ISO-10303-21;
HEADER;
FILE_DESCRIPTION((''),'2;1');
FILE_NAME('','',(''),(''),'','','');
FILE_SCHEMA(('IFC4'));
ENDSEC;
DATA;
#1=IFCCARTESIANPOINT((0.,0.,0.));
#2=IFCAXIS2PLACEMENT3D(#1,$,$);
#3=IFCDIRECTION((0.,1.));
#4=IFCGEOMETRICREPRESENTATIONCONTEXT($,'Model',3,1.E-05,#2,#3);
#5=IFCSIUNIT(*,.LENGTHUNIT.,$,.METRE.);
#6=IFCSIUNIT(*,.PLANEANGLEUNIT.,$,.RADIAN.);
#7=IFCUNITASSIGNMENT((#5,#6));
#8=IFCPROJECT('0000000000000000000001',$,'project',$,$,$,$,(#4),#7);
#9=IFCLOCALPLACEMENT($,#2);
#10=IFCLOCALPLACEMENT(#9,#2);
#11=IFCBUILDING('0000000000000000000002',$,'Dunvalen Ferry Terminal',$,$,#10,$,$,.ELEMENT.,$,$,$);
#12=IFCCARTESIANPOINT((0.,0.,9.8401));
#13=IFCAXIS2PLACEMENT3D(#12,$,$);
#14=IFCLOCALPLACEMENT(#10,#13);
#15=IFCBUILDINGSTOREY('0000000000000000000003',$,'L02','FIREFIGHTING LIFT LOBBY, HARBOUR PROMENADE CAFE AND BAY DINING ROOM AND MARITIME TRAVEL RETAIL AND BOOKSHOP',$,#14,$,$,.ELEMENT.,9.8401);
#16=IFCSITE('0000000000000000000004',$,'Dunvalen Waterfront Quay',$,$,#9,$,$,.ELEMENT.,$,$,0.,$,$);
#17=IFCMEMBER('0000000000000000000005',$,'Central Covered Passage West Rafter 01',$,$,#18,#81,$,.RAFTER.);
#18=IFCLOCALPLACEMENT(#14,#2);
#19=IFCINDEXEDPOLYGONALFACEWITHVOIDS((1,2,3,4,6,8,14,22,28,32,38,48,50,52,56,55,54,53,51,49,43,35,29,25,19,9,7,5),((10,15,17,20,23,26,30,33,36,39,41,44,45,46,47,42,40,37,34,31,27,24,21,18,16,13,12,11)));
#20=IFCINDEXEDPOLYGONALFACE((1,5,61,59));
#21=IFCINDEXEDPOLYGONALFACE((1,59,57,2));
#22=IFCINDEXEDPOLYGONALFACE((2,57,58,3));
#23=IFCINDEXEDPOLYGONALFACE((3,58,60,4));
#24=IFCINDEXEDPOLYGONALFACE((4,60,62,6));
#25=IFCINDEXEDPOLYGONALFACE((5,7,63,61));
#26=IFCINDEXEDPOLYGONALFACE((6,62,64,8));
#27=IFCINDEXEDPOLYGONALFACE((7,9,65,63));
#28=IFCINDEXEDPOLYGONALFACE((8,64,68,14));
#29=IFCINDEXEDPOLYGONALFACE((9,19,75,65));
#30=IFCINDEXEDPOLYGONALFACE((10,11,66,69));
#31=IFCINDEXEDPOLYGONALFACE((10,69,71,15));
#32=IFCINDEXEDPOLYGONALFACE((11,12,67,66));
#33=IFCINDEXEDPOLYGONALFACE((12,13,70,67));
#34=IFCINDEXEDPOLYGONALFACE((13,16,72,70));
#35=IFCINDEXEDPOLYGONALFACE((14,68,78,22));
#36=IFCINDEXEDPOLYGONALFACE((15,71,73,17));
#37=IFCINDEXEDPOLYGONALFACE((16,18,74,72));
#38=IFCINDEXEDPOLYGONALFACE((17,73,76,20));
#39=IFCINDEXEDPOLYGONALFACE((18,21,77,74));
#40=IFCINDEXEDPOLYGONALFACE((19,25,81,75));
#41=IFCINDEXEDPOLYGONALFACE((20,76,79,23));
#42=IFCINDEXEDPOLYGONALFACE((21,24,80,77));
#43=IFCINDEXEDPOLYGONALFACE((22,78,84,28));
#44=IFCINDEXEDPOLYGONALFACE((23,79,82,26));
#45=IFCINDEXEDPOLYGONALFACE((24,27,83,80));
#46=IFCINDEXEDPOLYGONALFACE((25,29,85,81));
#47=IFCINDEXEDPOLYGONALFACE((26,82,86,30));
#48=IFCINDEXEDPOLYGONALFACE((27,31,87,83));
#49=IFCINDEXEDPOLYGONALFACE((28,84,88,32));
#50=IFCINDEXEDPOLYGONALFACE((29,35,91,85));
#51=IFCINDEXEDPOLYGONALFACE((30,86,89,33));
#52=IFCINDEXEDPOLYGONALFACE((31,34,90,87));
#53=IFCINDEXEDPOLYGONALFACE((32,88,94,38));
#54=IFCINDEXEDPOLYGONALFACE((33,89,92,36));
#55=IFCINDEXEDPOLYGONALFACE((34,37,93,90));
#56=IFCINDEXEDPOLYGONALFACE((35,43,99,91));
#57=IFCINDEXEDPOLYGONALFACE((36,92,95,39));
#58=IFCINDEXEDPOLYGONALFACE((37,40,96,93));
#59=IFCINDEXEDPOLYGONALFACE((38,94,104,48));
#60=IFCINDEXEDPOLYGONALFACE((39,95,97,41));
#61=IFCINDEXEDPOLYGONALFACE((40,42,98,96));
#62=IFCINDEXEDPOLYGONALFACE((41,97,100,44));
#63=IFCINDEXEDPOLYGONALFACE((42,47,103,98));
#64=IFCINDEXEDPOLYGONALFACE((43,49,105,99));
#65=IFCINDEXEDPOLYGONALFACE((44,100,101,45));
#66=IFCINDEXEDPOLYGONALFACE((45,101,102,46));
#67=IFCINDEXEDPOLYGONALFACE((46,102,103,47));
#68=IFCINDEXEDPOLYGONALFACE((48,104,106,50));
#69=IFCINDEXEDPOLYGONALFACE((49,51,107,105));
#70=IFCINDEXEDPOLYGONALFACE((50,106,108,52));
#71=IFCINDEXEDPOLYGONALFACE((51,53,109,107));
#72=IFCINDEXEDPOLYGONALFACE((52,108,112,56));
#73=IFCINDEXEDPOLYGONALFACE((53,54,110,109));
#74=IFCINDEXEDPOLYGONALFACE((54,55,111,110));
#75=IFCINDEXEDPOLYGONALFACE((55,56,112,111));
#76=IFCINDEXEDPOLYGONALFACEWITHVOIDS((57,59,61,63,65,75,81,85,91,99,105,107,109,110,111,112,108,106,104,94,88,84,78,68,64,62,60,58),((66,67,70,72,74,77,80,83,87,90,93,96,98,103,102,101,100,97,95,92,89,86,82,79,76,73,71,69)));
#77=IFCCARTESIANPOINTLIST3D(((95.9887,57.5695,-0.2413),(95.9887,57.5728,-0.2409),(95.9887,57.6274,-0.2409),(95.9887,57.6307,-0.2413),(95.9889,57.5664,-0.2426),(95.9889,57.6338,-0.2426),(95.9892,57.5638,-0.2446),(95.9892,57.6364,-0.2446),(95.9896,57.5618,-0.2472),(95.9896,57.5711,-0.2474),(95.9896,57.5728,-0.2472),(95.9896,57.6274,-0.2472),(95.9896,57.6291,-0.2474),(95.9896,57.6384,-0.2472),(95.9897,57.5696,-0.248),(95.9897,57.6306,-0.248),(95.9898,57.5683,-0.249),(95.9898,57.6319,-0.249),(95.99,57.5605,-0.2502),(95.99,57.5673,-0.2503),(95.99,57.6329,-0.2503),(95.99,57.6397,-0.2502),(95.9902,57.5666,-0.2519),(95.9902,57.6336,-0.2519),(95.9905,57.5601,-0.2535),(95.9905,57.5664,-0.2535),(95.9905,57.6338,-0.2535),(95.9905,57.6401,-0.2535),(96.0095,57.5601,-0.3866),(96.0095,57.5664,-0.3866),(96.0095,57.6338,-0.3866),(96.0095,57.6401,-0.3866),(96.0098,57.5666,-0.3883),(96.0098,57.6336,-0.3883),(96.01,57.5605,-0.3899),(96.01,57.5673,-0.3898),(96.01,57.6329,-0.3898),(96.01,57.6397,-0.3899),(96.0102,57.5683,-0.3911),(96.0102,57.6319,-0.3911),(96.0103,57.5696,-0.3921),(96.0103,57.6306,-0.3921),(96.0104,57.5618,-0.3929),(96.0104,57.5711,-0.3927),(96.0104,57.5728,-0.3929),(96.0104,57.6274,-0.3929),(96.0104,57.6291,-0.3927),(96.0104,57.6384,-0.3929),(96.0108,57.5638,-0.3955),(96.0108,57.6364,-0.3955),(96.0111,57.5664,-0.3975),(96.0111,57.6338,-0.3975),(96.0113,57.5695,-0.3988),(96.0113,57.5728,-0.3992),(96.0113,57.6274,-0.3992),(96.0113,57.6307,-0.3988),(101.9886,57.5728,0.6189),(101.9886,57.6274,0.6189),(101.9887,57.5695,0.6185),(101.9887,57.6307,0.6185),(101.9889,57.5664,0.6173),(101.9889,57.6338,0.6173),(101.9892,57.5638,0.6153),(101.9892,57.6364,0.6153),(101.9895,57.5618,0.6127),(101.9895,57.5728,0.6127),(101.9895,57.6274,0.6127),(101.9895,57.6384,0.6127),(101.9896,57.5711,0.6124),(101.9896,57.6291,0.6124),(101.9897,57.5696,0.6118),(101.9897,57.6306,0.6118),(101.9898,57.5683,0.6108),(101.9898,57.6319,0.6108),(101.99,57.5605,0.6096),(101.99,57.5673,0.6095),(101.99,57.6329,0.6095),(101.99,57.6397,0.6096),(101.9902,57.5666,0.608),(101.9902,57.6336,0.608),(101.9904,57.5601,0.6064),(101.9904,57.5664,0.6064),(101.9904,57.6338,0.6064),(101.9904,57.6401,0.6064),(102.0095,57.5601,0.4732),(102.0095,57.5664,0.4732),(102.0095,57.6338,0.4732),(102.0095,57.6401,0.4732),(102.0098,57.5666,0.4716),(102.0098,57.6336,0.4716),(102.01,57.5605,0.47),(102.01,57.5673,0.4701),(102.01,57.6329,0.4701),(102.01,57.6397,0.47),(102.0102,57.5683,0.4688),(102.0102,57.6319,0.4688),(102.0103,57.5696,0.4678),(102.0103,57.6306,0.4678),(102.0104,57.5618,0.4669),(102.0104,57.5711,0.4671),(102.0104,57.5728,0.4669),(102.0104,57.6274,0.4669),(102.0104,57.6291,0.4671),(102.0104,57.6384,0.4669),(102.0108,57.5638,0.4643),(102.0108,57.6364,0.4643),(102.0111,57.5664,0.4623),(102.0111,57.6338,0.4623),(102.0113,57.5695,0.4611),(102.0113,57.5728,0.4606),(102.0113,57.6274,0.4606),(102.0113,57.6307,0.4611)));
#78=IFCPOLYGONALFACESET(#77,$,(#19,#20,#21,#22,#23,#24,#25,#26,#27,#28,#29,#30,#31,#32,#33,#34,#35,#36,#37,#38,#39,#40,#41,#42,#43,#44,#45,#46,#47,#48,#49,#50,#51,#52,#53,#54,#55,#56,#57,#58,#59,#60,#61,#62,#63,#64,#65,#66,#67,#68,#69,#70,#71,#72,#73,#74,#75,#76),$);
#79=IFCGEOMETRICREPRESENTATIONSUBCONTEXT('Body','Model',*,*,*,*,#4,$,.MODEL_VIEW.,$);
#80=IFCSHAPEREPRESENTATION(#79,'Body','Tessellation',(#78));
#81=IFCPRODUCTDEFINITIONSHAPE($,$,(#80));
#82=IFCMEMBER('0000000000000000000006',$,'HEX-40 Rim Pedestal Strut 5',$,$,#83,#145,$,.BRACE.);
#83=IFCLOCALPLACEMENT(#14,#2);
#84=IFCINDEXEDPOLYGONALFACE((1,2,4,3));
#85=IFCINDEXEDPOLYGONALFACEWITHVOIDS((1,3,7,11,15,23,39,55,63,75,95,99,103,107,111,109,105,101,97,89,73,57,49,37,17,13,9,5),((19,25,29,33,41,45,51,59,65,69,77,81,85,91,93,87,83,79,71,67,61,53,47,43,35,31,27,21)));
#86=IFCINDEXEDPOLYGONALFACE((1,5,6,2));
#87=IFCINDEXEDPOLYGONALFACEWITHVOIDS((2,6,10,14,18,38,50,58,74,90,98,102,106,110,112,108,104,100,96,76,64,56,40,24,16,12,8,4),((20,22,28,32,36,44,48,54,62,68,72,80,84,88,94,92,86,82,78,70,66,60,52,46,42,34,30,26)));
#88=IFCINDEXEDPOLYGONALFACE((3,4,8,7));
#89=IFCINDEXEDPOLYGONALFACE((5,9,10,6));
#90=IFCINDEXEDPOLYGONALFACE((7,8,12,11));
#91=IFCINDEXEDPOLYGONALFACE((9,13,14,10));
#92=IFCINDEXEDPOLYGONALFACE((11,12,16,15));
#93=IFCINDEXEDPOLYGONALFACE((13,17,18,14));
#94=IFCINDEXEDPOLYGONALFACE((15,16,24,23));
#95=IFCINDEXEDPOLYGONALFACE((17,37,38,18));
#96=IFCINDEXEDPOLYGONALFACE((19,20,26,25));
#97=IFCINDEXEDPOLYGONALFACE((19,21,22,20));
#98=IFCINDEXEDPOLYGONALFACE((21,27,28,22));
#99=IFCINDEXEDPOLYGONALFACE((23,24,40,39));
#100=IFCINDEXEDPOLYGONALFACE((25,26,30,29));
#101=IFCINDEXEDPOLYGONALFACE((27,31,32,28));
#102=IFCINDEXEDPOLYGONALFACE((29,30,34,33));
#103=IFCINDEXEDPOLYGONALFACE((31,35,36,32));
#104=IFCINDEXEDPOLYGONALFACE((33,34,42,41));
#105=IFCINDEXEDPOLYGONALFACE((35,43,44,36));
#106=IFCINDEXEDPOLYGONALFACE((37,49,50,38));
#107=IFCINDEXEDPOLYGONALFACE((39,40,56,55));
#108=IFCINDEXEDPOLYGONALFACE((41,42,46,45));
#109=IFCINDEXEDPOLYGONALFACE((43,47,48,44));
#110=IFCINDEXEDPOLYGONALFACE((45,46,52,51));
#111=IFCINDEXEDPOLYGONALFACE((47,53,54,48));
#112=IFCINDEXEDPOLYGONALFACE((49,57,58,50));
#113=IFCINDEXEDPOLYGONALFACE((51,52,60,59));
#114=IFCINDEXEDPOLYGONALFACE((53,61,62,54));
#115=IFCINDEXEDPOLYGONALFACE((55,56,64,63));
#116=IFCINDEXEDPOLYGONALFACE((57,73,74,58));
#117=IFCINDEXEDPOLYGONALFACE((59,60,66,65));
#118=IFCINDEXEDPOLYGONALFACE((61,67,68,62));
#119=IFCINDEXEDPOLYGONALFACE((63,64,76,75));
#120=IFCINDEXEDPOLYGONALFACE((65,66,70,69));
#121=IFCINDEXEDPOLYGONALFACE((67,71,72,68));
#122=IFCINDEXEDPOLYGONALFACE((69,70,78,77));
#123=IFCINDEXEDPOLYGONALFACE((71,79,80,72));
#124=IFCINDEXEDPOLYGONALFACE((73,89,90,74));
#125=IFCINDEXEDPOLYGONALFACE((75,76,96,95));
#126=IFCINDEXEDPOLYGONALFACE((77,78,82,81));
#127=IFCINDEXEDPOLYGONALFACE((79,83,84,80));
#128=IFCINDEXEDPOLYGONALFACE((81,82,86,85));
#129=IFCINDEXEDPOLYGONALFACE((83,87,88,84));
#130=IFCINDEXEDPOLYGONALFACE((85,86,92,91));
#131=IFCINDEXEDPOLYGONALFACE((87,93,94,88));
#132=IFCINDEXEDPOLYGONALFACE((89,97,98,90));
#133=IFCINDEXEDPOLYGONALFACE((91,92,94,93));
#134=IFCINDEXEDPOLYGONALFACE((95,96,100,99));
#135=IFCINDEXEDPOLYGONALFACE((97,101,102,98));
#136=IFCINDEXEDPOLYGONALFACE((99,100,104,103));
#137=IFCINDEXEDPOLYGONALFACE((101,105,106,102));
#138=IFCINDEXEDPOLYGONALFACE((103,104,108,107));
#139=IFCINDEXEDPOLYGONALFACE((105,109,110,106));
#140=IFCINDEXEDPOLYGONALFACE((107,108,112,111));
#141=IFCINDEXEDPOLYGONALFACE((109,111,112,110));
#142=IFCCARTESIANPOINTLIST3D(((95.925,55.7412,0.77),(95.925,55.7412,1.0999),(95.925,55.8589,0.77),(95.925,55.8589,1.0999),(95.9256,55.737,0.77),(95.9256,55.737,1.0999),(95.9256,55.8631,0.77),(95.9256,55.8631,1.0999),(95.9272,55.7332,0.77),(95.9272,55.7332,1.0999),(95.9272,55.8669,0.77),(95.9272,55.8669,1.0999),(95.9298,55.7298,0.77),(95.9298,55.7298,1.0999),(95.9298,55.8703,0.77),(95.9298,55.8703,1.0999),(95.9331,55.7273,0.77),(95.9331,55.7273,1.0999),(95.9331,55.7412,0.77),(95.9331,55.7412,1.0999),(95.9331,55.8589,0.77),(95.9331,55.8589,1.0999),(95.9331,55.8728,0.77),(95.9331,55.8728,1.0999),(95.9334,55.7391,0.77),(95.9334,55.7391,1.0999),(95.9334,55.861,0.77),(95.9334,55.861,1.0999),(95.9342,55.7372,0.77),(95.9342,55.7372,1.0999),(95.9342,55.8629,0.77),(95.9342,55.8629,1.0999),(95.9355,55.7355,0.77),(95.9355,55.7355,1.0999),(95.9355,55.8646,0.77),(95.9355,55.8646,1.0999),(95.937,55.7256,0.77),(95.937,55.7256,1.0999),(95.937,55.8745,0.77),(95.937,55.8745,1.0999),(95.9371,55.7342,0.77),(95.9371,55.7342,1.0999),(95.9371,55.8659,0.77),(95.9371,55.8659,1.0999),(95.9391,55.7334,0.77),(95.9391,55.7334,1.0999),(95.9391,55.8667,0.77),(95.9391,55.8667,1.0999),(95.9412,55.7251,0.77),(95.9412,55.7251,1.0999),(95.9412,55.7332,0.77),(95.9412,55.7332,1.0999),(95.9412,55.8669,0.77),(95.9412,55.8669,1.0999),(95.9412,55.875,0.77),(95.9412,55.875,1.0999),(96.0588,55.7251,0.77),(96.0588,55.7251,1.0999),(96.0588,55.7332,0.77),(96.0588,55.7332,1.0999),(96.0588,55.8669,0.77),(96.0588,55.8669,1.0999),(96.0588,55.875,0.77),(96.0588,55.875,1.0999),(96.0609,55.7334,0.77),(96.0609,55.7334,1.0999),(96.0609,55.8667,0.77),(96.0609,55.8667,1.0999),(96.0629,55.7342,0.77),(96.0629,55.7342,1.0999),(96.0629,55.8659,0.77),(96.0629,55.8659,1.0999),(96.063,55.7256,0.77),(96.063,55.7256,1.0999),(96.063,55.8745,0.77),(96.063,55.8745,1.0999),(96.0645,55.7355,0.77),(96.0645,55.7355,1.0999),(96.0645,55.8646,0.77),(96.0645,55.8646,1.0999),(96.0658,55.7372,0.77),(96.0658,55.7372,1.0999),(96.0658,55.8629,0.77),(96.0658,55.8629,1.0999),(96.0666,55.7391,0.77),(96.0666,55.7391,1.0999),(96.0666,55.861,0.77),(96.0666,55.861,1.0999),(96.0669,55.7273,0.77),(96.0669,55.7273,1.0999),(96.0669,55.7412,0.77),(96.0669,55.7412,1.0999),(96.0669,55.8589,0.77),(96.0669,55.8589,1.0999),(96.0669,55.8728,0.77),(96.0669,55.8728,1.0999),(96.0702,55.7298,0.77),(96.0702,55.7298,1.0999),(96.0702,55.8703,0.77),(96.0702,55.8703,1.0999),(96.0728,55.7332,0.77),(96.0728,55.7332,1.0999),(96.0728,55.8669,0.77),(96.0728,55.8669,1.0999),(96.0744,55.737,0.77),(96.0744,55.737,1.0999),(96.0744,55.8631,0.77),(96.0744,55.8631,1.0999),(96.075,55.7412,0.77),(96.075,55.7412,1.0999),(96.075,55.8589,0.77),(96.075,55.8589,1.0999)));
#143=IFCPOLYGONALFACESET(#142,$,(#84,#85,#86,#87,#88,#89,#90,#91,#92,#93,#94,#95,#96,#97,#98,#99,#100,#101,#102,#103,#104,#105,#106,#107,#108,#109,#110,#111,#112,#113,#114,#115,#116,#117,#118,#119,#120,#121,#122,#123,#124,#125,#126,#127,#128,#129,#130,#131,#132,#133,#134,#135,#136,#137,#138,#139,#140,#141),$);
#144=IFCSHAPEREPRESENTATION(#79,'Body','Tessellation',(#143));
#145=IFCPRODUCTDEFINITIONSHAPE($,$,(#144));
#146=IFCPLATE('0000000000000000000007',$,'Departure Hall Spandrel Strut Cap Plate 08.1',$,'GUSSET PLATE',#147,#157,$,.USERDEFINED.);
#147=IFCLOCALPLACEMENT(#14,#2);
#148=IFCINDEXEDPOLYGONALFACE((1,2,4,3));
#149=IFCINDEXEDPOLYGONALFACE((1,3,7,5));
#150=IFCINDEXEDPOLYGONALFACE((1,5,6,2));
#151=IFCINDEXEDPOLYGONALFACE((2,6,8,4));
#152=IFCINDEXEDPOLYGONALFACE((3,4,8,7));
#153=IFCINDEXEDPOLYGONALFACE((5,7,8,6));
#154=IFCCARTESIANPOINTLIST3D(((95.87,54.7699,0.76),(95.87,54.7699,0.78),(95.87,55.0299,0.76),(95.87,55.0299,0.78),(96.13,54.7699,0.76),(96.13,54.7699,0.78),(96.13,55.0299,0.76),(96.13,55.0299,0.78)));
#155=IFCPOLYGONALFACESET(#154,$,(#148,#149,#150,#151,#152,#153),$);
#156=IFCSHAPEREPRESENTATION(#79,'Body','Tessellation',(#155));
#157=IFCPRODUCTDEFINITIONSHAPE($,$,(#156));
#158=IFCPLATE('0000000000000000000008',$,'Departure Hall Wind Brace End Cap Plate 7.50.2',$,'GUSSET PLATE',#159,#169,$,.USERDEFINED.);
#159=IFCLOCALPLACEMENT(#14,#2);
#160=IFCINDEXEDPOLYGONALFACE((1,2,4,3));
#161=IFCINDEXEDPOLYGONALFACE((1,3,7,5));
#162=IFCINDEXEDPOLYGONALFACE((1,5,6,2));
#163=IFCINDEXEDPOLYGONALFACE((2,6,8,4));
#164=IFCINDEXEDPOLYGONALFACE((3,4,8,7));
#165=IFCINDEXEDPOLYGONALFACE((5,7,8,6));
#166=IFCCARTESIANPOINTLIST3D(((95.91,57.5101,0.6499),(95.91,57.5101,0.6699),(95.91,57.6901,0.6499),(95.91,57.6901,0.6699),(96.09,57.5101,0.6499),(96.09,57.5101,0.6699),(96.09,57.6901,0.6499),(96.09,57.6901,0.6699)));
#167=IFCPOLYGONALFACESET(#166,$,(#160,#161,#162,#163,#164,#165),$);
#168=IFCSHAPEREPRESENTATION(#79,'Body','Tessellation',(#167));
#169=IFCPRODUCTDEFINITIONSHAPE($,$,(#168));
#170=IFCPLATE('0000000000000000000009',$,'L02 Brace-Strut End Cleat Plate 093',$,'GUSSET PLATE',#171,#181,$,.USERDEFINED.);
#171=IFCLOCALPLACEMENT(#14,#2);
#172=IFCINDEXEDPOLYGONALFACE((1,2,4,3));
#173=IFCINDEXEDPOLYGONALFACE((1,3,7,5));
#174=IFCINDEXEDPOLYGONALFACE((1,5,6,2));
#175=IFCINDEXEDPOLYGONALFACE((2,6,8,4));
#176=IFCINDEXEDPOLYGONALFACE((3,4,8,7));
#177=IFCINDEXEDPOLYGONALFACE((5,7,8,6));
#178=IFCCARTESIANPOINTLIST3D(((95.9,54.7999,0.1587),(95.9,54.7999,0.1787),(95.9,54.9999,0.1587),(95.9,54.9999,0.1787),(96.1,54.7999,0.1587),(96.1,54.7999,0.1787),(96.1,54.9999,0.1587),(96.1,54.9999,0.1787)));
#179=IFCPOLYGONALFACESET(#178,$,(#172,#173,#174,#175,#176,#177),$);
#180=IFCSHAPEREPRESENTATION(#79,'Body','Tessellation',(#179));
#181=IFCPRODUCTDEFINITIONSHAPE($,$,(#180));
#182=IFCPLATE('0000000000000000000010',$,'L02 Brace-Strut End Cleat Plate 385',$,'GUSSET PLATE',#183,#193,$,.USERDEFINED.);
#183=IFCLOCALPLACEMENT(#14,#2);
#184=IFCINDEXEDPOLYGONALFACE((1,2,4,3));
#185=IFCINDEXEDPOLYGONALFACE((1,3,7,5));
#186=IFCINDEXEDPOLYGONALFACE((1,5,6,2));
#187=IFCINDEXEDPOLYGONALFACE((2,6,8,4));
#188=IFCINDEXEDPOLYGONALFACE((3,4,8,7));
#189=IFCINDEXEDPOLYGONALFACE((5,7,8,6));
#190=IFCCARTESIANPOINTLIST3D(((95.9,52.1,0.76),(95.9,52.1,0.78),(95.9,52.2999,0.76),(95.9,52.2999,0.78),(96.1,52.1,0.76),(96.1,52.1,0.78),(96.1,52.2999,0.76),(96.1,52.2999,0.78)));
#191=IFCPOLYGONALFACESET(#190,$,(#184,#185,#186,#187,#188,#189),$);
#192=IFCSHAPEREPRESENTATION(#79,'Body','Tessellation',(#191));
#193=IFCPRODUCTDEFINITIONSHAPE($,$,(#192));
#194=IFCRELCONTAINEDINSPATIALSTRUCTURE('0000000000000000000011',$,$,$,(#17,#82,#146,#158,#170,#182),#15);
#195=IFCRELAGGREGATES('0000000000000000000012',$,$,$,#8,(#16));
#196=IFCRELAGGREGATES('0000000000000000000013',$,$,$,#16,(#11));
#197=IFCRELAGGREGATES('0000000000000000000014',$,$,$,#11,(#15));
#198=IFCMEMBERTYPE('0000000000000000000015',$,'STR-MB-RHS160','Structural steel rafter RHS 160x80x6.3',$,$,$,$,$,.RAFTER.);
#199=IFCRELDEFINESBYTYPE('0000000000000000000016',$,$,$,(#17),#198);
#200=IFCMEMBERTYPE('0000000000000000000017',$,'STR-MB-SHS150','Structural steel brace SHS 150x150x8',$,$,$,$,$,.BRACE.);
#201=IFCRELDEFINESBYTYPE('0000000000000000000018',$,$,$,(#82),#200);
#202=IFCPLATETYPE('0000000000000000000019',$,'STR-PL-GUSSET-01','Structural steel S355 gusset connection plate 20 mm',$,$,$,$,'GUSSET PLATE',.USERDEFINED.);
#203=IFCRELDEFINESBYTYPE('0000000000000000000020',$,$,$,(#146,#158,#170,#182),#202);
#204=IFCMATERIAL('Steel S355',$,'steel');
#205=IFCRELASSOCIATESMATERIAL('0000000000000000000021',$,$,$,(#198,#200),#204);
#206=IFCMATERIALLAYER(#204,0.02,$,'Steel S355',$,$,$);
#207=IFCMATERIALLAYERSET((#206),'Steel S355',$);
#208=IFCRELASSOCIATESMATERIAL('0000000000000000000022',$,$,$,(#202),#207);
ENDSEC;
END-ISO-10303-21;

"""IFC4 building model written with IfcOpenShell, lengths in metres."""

from ifc_helpers import new_model, si_unit, direction, frame, origin, origin_2d, place, context, subcontext, project, spatial, rectangle, hollow_rectangle, extrude, material, layer, layer_set, material_profile, profile_set, type_object, element, save


model = new_model("IFC4")

# Units and contexts
model_context = context("Model", 3, precision=1e-05, world=origin(), true_north=direction((0.0, 1.0)))
body_context = subcontext(model_context, "Body", "Model", "MODEL_VIEW")
ifc_project = project(units=[si_unit("LENGTHUNIT", "METRE"), si_unit("PLANEANGLEUNIT", "RADIAN")], contexts=[model_context])

# Site, building, storey
site_placement = place(None, origin())
site = spatial("IfcSite", under=ifc_project, at=site_placement, Name="Dunvalen Waterfront Quay", CompositionType="ELEMENT", RefElevation=0.0)
building_placement = place(site_placement, origin())
building = spatial("IfcBuilding", under=site, at=building_placement, Name="Dunvalen Ferry Terminal", CompositionType="ELEMENT")
storey_placement = place(building_placement, frame((0.0, 0.0, 9.8401)))
storey = spatial("IfcBuildingStorey", under=building, at=storey_placement, Name="L02", Description="FIREFIGHTING LIFT LOBBY, HARBOUR PROMENADE CAFE AND BAY DINING ROOM AND MARITIME TRAVEL RETAIL AND BOOKSHOP", CompositionType="ELEMENT", Elevation=9.8401)

# Shared definitions
ifc_material_1 = material(Name="Steel S355", Category="steel")

# Members
ifc_material_profile_1 = material_profile(ifc_material_1, hollow_rectangle(XDim=0.0801, YDim=0.1599, WallThickness=0.0063, InnerFilletRadius=0.0063, OuterFilletRadius=0.0127, at=origin_2d()), Name="Steel S355")
ifc_profile_set_1 = profile_set([ifc_material_profile_1], Name="Steel S355")
member_type_1 = type_object("IfcMemberType", Name="STR-MB-RHS160", Description="Structural steel rafter RHS 160x80x6.3", PredefinedType="RAFTER", material=ifc_profile_set_1)
member_1_placement = place(storey_placement, frame((96.0, 57.6001, -0.3201), z_axis=(0.989887, 0.0, 0.141861), x_axis=(0.0, 1.0, 0.0)))
element("IfcMember", 1, at=member_1_placement, inside=storey, type_object=member_type_1, Name="Central Covered Passage West Rafter 01", PredefinedType="RAFTER", context=body_context, shape_type="SweptSolid", body=[
    extrude(hollow_rectangle(XDim=0.0801, YDim=0.1599, WallThickness=0.0063, InnerFilletRadius=0.0063, OuterFilletRadius=0.0127, at=origin_2d()), origin(), (0.0, 0.0, 1.0), 6.0613),
])
ifc_material_profile_2 = material_profile(ifc_material_1, hollow_rectangle(XDim=0.1499, YDim=0.1499, WallThickness=0.0081, InnerFilletRadius=0.0081, OuterFilletRadius=0.0161, at=origin_2d()), Name="Steel S355")
ifc_profile_set_2 = profile_set([ifc_material_profile_2], Name="Steel S355")
member_type_2 = type_object("IfcMemberType", Name="STR-MB-SHS150", Description="Structural steel brace SHS 150x150x8", PredefinedType="BRACE", material=ifc_profile_set_2)
member_2_placement = place(storey_placement, frame((96.0, 55.8, 0.77), z_axis=(0.0, 0.0, 1.0), x_axis=(1.0, 0.0, 0.0)))
element("IfcMember", 2, at=member_2_placement, inside=storey, type_object=member_type_2, Name="HEX-40 Rim Pedestal Strut 5", PredefinedType="BRACE", context=body_context, shape_type="SweptSolid", body=[
    extrude(hollow_rectangle(XDim=0.1499, YDim=0.1499, WallThickness=0.0081, InnerFilletRadius=0.0081, OuterFilletRadius=0.0161, at=origin_2d()), origin(), (0.0, 0.0, 1.0), 0.3298),
])

# Plates
ifc_layer_1 = layer(ifc_material_1, 0.02, Name="Steel S355")
ifc_layer_set_1 = layer_set([ifc_layer_1], Name="Steel S355")
plate_type_1 = type_object("IfcPlateType", Name="STR-PL-GUSSET-01", Description="Structural steel S355 gusset connection plate 20 mm", ElementType="GUSSET PLATE", PredefinedType="USERDEFINED", material=ifc_layer_set_1)
plate_1_placement = place(storey_placement, frame((96.0, 54.8999, 0.76), z_axis=(0.0, 0.0, 1.0), x_axis=(1.0, 0.0, 0.0)))
element("IfcPlate", 3, at=plate_1_placement, inside=storey, type_object=plate_type_1, Name="Departure Hall Spandrel Strut Cap Plate 08.1", ObjectType="GUSSET PLATE", PredefinedType="USERDEFINED", context=body_context, shape_type="SweptSolid", body=[
    extrude(rectangle(XDim=0.26, YDim=0.26, at=origin_2d()), origin(), (0.0, 0.0, 1.0), 0.02),
])
plate_2_placement = place(storey_placement, frame((96.0, 57.6001, 0.6499), z_axis=(0.0, 0.0, 1.0), x_axis=(1.0, 0.0, 0.0)))
element("IfcPlate", 4, at=plate_2_placement, inside=storey, type_object=plate_type_1, Name="Departure Hall Wind Brace End Cap Plate 7.50.2", ObjectType="GUSSET PLATE", PredefinedType="USERDEFINED", context=body_context, shape_type="SweptSolid", body=[
    extrude(rectangle(XDim=0.1799, YDim=0.1799, at=origin_2d()), origin(), (0.0, 0.0, 1.0), 0.02),
])
for number, where, z_axis, x_axis, name in (
    (5, (96.0, 54.8999, 0.1587), (0.0, 0.0, 1.0), (1.0, 0.0, 0.0), "L02 Brace-Strut End Cleat Plate 093"),
    (6, (96.0, 52.2, 0.76), (0.0, 0.0, 1.0), (1.0, 0.0, 0.0), "L02 Brace-Strut End Cleat Plate 385"),
):
    element("IfcPlate", number, at=place(storey_placement, frame(where, z_axis=z_axis, x_axis=x_axis)), inside=storey, type_object=plate_type_1, Name=name, ObjectType="GUSSET PLATE", PredefinedType="USERDEFINED", context=body_context, shape_type="SweptSolid", body=[
        extrude(rectangle(XDim=0.2, YDim=0.2, at=origin_2d()), origin(), (0.0, 0.0, 1.0), 0.02),
    ])

save(model, "model.ifc")
